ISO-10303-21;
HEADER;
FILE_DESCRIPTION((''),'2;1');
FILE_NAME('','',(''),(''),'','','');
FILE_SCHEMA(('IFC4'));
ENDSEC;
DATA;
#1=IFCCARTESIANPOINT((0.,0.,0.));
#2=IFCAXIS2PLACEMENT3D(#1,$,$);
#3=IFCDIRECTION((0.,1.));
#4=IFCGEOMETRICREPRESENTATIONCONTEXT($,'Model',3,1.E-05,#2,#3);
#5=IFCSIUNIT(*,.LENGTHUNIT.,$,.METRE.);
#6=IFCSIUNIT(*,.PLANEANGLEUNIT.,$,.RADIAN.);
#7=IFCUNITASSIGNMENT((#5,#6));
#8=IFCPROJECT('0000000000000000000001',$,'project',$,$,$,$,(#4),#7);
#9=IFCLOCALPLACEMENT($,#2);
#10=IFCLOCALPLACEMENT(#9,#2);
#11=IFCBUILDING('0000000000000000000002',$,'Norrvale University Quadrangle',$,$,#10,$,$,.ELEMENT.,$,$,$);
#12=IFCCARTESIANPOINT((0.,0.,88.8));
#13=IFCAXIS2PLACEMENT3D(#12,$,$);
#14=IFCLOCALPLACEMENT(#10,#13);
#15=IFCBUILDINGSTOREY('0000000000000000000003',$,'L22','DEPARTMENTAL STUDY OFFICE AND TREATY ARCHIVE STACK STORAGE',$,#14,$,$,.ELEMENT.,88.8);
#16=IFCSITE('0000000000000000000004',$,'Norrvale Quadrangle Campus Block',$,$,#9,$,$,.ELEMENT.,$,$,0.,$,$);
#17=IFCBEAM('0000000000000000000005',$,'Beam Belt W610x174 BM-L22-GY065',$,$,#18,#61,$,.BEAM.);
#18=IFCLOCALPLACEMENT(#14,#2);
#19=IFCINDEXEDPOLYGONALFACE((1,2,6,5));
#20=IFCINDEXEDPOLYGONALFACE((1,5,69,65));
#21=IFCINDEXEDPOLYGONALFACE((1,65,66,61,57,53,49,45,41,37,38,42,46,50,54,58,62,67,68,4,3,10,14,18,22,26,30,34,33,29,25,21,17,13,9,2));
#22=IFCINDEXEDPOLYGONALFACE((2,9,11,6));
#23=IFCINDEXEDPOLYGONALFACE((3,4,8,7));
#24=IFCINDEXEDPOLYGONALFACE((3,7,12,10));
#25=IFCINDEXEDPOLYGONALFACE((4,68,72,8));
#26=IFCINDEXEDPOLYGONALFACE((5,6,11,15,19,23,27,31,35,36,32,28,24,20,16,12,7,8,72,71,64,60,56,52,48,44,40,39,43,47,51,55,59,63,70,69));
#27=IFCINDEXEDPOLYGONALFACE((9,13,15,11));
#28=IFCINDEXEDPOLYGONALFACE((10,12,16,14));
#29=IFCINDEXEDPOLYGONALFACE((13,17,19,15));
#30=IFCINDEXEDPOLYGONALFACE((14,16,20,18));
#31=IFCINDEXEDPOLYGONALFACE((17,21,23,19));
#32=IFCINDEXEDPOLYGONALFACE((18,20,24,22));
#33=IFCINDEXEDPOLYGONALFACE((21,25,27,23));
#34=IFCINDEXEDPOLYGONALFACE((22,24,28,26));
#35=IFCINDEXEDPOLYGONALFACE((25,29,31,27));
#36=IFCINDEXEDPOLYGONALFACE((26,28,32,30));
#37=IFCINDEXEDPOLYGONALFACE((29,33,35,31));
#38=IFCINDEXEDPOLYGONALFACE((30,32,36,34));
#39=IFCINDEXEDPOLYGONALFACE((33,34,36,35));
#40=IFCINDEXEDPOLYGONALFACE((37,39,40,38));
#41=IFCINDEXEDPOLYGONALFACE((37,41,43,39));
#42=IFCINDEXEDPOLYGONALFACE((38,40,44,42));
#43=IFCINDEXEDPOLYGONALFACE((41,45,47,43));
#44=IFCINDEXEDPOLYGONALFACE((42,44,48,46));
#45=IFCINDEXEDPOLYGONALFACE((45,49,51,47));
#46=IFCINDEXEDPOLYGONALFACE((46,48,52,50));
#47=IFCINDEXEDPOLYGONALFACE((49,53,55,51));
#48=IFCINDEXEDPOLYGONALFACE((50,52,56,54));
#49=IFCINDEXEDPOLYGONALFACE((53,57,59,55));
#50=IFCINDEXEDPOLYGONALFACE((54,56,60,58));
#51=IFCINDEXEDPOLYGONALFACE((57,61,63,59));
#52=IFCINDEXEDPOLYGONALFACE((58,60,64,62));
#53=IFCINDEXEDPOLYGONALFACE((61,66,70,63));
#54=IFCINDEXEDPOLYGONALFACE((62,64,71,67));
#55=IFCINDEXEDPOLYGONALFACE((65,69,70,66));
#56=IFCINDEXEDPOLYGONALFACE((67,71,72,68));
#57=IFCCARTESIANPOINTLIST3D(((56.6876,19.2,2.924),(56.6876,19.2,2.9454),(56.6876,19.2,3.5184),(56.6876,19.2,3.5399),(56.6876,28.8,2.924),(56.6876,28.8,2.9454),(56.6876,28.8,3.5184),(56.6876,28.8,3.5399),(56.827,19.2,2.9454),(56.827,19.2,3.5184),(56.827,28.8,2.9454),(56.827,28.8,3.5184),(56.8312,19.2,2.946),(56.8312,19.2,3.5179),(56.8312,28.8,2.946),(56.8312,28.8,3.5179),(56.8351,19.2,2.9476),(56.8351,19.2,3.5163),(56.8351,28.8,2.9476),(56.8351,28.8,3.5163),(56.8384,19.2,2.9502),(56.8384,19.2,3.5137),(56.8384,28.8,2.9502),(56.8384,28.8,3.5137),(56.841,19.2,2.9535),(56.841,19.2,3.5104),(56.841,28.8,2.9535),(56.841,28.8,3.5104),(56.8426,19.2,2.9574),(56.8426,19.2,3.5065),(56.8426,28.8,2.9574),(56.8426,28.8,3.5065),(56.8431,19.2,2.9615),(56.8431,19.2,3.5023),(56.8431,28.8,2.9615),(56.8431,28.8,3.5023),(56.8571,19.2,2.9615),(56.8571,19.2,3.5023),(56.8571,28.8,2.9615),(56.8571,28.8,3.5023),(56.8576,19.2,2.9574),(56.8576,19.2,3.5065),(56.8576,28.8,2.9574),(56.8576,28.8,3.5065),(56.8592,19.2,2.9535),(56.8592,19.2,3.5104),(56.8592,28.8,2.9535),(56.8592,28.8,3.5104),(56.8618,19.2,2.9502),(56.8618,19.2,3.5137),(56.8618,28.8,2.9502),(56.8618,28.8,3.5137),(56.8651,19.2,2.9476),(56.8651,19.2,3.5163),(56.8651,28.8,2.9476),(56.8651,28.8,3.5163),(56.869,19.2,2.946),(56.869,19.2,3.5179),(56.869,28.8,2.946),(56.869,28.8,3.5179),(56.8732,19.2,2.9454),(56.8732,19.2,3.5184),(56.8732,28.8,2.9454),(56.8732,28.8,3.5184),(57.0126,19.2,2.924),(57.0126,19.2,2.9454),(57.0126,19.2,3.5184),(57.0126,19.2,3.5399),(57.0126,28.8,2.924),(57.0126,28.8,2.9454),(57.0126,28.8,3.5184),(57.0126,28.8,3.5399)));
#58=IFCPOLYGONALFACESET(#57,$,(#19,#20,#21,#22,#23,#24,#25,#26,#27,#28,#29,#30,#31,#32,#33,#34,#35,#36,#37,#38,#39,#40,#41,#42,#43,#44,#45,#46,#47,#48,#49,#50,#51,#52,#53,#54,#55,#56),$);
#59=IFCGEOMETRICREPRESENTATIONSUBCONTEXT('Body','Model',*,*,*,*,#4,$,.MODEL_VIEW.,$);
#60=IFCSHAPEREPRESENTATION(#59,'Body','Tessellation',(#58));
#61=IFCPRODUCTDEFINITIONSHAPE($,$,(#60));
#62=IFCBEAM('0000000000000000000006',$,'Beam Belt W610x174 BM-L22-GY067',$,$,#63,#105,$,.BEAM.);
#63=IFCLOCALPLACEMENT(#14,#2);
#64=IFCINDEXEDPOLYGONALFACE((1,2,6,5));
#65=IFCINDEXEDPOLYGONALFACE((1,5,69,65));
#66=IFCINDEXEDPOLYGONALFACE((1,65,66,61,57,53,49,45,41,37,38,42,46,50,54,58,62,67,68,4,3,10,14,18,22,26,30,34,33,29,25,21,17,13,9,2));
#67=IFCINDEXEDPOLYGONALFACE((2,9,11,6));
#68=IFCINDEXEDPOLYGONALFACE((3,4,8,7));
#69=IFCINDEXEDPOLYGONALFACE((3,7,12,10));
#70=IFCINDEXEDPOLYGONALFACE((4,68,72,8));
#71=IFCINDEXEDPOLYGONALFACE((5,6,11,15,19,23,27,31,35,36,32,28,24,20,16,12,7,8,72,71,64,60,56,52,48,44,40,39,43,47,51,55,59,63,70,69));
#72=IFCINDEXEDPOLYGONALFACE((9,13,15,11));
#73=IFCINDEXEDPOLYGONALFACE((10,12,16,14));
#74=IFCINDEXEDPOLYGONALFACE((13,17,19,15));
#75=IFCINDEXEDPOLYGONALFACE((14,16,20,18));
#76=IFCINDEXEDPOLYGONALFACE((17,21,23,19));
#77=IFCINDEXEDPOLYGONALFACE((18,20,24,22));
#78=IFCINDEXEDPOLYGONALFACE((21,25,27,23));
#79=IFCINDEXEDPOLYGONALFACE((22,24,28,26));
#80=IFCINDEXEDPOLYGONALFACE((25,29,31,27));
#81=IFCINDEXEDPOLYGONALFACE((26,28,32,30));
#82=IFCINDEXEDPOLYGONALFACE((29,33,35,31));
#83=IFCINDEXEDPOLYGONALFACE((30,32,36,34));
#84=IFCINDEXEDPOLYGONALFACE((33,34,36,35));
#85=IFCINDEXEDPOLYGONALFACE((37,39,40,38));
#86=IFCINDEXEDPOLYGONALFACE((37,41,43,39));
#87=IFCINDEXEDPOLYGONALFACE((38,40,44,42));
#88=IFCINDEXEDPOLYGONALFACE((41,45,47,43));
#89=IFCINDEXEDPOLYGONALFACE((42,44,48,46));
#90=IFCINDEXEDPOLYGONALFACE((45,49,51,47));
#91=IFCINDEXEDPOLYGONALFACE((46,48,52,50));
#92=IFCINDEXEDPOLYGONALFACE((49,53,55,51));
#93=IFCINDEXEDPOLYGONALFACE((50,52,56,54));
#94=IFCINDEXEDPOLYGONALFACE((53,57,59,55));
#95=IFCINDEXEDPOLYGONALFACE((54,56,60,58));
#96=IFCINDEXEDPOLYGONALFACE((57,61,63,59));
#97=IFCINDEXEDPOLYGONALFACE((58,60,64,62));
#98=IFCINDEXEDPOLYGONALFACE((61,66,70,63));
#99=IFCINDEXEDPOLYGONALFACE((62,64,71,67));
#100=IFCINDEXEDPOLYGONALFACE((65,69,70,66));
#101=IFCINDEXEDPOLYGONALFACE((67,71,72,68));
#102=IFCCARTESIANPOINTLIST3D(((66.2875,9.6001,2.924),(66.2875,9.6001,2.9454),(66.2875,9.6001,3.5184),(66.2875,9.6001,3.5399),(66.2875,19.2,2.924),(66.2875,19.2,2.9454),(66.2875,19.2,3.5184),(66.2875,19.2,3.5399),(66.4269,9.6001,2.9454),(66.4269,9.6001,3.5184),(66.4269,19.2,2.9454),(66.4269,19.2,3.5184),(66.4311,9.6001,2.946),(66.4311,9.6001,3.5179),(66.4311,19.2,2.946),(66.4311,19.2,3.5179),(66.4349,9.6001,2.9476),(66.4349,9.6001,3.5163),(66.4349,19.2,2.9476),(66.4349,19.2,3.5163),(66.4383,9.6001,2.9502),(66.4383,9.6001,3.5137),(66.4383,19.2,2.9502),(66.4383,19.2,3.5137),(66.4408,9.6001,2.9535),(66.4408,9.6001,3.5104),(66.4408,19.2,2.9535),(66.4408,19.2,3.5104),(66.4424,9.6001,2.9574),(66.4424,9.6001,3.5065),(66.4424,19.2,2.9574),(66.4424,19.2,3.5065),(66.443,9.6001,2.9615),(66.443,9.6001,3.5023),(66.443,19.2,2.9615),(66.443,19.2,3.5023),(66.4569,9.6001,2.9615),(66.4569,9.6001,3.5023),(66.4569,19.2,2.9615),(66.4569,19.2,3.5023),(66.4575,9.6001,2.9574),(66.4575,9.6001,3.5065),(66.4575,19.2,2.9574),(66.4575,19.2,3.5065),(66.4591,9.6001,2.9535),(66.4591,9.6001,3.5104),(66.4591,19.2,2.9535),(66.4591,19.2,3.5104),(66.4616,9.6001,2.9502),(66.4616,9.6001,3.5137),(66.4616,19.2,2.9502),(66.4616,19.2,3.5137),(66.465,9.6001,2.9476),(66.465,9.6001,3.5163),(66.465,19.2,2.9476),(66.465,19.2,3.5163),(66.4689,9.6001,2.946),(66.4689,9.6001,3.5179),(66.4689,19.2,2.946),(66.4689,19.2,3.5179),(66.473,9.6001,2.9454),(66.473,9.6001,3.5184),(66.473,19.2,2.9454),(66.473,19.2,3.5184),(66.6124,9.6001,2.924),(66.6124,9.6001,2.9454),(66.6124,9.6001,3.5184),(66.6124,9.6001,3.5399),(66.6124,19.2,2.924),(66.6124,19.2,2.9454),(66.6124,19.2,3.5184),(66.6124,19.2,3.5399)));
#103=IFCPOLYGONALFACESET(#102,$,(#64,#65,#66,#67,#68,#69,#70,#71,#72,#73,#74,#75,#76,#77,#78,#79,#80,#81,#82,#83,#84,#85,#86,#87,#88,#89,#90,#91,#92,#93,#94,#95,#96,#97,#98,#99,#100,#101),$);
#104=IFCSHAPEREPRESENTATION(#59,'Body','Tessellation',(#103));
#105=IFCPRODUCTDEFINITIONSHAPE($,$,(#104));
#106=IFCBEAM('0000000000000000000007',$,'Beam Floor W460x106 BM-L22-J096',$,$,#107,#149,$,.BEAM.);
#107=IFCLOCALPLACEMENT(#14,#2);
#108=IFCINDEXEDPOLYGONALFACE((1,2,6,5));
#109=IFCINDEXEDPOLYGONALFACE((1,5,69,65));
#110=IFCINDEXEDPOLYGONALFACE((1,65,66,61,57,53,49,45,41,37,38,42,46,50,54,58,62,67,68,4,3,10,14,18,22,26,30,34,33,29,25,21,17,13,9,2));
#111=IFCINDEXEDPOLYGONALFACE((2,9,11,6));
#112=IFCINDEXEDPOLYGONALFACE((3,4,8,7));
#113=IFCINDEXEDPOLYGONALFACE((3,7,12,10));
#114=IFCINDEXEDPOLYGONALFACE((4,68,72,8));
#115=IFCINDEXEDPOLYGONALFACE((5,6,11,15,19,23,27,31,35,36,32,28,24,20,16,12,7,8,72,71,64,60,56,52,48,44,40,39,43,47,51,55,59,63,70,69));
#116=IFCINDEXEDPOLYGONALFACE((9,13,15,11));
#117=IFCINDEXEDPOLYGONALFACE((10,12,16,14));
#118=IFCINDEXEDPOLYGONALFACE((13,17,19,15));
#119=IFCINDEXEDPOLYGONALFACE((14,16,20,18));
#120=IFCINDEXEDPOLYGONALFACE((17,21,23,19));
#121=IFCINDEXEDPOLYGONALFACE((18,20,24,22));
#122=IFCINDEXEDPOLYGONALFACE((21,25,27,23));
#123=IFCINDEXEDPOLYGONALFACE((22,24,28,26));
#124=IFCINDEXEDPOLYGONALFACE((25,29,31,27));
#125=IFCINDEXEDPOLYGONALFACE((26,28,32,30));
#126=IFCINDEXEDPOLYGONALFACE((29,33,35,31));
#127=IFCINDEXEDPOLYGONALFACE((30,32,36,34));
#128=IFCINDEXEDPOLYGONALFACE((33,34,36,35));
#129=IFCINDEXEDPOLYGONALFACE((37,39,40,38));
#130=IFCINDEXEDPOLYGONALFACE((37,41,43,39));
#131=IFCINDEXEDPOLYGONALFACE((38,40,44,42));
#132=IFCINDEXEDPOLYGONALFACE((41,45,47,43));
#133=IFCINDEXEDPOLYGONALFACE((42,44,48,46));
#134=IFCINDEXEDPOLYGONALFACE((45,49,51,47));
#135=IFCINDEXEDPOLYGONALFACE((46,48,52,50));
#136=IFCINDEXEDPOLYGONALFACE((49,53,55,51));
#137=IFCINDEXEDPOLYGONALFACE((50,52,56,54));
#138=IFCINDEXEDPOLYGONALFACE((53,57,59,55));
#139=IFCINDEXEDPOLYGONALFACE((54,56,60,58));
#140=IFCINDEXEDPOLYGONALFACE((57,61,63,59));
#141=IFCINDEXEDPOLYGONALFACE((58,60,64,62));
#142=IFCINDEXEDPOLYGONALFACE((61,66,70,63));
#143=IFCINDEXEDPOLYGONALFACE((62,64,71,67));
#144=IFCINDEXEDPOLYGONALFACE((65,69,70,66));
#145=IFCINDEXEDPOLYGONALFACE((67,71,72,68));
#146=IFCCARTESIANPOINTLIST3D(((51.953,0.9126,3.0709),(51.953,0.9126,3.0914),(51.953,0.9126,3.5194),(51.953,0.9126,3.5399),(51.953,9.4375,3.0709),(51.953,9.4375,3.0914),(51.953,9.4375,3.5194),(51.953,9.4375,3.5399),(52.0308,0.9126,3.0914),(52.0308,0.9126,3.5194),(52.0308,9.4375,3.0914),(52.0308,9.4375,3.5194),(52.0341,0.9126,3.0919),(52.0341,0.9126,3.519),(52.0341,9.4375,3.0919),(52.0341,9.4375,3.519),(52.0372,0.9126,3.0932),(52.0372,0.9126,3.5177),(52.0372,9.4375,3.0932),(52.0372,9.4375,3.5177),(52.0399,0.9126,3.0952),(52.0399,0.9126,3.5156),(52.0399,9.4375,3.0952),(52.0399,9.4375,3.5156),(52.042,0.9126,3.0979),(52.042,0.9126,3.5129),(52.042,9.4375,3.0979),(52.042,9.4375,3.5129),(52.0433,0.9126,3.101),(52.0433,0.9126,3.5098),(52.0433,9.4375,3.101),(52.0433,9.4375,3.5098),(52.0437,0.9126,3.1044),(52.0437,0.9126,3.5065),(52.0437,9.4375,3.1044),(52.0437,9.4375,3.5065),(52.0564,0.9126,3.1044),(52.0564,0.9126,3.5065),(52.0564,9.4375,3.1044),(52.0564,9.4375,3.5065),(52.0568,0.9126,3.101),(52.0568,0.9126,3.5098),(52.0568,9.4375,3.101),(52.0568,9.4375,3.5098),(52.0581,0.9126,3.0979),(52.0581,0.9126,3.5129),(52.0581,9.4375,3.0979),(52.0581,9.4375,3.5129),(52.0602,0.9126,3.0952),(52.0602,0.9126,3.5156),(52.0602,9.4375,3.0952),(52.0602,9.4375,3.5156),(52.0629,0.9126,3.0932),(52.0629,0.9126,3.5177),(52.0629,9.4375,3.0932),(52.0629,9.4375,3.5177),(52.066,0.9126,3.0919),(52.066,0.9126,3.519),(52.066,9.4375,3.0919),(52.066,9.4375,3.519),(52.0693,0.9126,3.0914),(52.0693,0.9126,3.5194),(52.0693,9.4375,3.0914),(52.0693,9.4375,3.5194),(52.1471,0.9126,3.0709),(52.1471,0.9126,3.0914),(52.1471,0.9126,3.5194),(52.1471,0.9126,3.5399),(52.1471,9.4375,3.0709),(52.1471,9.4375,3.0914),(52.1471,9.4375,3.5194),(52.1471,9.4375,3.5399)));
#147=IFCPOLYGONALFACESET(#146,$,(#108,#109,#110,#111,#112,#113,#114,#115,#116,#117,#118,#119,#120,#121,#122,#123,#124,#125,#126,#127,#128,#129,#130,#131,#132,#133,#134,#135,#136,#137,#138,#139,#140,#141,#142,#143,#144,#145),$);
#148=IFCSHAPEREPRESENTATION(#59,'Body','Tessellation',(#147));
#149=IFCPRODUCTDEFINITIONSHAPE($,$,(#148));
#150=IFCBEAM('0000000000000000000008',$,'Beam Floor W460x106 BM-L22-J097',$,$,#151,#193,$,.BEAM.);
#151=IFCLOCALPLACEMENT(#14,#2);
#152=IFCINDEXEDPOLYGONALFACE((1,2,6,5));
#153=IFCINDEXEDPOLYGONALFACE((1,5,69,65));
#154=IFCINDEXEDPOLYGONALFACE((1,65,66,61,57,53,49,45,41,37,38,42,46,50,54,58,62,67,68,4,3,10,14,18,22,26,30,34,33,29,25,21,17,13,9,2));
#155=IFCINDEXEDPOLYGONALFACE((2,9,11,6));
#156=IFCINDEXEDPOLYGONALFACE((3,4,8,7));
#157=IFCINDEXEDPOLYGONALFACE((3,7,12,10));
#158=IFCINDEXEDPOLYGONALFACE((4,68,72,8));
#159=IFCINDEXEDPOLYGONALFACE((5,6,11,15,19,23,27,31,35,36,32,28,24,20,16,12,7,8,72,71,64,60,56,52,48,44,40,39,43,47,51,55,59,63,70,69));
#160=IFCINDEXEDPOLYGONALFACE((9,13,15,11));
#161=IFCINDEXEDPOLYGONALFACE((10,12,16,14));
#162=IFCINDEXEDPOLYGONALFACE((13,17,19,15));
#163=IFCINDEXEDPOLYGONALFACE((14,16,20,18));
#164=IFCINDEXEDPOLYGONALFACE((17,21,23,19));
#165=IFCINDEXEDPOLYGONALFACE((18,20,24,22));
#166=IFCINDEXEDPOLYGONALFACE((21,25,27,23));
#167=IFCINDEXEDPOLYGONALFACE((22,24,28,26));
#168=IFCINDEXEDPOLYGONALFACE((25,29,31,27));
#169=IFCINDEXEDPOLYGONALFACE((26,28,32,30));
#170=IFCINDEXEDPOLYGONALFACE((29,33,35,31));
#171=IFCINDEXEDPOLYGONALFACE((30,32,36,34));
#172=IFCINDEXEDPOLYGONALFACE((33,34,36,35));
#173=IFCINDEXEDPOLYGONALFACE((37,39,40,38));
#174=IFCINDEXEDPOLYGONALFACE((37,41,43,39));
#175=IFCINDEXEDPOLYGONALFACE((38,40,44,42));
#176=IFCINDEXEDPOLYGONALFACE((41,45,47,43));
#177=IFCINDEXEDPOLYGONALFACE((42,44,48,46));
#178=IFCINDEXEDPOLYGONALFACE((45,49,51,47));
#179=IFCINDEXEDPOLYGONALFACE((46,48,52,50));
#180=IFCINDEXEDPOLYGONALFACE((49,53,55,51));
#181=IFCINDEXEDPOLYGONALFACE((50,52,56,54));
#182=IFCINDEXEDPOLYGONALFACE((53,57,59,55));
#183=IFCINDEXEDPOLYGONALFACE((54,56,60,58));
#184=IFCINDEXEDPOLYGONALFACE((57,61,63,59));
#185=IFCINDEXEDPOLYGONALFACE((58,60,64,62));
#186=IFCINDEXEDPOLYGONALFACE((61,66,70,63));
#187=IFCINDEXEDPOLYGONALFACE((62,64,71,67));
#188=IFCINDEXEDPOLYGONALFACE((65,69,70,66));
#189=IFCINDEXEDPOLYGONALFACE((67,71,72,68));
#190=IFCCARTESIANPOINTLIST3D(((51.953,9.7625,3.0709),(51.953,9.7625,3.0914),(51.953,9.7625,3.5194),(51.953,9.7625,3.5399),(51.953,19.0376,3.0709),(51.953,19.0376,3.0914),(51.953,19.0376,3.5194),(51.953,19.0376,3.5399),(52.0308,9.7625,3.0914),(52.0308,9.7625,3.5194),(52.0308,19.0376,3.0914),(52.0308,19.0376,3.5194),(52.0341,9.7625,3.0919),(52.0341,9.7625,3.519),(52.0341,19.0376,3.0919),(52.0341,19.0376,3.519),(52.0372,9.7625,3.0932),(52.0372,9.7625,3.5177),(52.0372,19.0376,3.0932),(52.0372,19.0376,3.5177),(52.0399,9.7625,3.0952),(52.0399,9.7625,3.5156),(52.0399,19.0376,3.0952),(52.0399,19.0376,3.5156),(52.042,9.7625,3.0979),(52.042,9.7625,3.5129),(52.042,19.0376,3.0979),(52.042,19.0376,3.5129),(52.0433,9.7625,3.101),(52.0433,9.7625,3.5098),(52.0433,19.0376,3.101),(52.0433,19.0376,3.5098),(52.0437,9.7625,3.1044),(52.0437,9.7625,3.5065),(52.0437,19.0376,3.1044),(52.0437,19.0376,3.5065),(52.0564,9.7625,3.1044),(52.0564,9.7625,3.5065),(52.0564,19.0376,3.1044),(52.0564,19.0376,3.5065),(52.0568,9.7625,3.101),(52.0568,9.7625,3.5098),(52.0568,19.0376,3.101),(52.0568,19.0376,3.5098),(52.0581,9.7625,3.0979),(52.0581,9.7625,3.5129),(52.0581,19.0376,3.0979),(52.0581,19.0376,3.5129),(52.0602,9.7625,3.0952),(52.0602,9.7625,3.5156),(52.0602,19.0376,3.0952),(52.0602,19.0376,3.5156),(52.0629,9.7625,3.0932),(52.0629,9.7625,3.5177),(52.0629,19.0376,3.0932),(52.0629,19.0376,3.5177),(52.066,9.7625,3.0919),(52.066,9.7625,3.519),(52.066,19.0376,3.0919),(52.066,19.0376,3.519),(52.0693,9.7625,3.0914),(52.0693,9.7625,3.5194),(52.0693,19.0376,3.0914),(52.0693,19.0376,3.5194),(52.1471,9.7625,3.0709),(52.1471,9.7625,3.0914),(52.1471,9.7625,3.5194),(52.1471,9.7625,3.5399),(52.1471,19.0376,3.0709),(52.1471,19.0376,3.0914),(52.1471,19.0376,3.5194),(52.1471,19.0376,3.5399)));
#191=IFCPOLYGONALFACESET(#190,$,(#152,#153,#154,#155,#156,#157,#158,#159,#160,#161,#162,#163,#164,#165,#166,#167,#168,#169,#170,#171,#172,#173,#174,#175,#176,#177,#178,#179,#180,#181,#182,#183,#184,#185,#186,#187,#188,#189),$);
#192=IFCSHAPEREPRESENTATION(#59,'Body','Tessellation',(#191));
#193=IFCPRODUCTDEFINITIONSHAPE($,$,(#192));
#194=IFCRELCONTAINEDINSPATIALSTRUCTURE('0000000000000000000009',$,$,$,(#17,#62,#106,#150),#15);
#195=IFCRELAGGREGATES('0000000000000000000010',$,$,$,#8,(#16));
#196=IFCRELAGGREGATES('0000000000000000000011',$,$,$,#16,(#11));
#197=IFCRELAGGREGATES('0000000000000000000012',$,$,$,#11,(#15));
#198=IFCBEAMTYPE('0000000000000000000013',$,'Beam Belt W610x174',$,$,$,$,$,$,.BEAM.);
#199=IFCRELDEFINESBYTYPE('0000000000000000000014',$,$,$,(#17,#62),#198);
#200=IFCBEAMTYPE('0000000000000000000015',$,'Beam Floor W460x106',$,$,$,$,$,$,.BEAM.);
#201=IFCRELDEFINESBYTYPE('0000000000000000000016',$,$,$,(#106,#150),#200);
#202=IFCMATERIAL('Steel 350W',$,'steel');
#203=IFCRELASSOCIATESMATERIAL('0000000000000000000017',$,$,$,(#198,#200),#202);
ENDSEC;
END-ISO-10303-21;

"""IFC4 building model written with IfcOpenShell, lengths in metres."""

from ifc_helpers import new_model, si_unit, direction, frame, origin, origin_2d, place, context, subcontext, project, spatial, i_section, extrude, material, material_profile, profile_set, type_object, element, save


model = new_model("IFC4")

# Units and contexts
model_context = context("Model", 3, precision=1e-05, world=origin(), true_north=direction((0.0, 1.0)))
body_context = subcontext(model_context, "Body", "Model", "MODEL_VIEW")
ifc_project = project(units=[si_unit("LENGTHUNIT", "METRE"), si_unit("PLANEANGLEUNIT", "RADIAN")], contexts=[model_context])

# Site, building, storey
site_placement = place(None, origin())
site = spatial("IfcSite", under=ifc_project, at=site_placement, Name="Norrvale Quadrangle Campus Block", CompositionType="ELEMENT", RefElevation=0.0)
building_placement = place(site_placement, origin())
building = spatial("IfcBuilding", under=site, at=building_placement, Name="Norrvale University Quadrangle", CompositionType="ELEMENT")
storey_placement = place(building_placement, frame((0.0, 0.0, 88.8)))
storey = spatial("IfcBuildingStorey", under=building, at=storey_placement, Name="L22", Description="DEPARTMENTAL STUDY OFFICE AND TREATY ARCHIVE STACK STORAGE", CompositionType="ELEMENT", Elevation=88.8)

# Beams
ifc_material_1 = material(Name="Steel 350W", Category="steel")
ifc_material_profile_1 = material_profile(ifc_material_1, i_section(OverallWidth=0.325, OverallDepth=0.616, WebThickness=0.0139, FlangeThickness=0.0215, FilletRadius=0.0161, at=origin_2d()), Name="Steel 350W")
ifc_profile_set_1 = profile_set([ifc_material_profile_1], Name="Steel 350W")
beam_type_1 = type_object("IfcBeamType", Name="Beam Belt W610x174", PredefinedType="BEAM", material=ifc_profile_set_1)
beam_1_placement = place(storey_placement, frame((56.8501, 19.2, 3.2319), z_axis=(0.0, 1.0, 0.0), x_axis=(-1.0, 0.0, 0.0)))
element("IfcBeam", 1, at=beam_1_placement, inside=storey, type_object=beam_type_1, Name="Beam Belt W610x174 BM-L22-GY065", PredefinedType="BEAM", context=body_context, shape_type="SweptSolid", body=[
    extrude(i_section(OverallWidth=0.325, OverallDepth=0.616, WebThickness=0.0139, FlangeThickness=0.0215, FilletRadius=0.0161, at=origin_2d()), origin(), (0.0, 0.0, 1.0), 9.6001),
])
beam_2_placement = place(storey_placement, frame((66.45, 9.6001, 3.2319), z_axis=(0.0, 1.0, 0.0), x_axis=(-1.0, 0.0, 0.0)))
element("IfcBeam", 2, at=beam_2_placement, inside=storey, type_object=beam_type_1, Name="Beam Belt W610x174 BM-L22-GY067", PredefinedType="BEAM", context=body_context, shape_type="SweptSolid", body=[
    extrude(i_section(OverallWidth=0.325, OverallDepth=0.616, WebThickness=0.0139, FlangeThickness=0.0215, FilletRadius=0.0161, at=origin_2d()), origin(), (0.0, 0.0, 1.0), 9.5999),
])
ifc_material_profile_2 = material_profile(ifc_material_1, i_section(OverallWidth=0.1941, OverallDepth=0.469, WebThickness=0.0127, FlangeThickness=0.0205, FilletRadius=0.0129, at=origin_2d()), Name="Steel 350W")
ifc_profile_set_2 = profile_set([ifc_material_profile_2], Name="Steel 350W")
beam_type_2 = type_object("IfcBeamType", Name="Beam Floor W460x106", PredefinedType="BEAM", material=ifc_profile_set_2)
beam_3_placement = place(storey_placement, frame((52.05, 0.9126, 3.3054), z_axis=(0.0, 1.0, 0.0), x_axis=(-1.0, 0.0, 0.0)))
element("IfcBeam", 3, at=beam_3_placement, inside=storey, type_object=beam_type_2, Name="Beam Floor W460x106 BM-L22-J096", PredefinedType="BEAM", context=body_context, shape_type="SweptSolid", body=[
    extrude(i_section(OverallWidth=0.1941, OverallDepth=0.469, WebThickness=0.0127, FlangeThickness=0.0205, FilletRadius=0.0129, at=origin_2d()), origin(), (0.0, 0.0, 1.0), 8.5249),
])
for number, where, z_axis, x_axis, name in (
    (4, (52.05, 9.7625, 3.3054), (0.0, 1.0, 0.0), (-1.0, 0.0, 0.0), "Beam Floor W460x106 BM-L22-J097"),
):
    element("IfcBeam", number, at=place(storey_placement, frame(where, z_axis=z_axis, x_axis=x_axis)), inside=storey, type_object=beam_type_2, Name=name, PredefinedType="BEAM", context=body_context, shape_type="SweptSolid", body=[
        extrude(i_section(OverallWidth=0.1941, OverallDepth=0.469, WebThickness=0.0127, FlangeThickness=0.0205, FilletRadius=0.0129, at=origin_2d()), origin(), (0.0, 0.0, 1.0), 9.2751),
    ])

save(model, "model.ifc")
